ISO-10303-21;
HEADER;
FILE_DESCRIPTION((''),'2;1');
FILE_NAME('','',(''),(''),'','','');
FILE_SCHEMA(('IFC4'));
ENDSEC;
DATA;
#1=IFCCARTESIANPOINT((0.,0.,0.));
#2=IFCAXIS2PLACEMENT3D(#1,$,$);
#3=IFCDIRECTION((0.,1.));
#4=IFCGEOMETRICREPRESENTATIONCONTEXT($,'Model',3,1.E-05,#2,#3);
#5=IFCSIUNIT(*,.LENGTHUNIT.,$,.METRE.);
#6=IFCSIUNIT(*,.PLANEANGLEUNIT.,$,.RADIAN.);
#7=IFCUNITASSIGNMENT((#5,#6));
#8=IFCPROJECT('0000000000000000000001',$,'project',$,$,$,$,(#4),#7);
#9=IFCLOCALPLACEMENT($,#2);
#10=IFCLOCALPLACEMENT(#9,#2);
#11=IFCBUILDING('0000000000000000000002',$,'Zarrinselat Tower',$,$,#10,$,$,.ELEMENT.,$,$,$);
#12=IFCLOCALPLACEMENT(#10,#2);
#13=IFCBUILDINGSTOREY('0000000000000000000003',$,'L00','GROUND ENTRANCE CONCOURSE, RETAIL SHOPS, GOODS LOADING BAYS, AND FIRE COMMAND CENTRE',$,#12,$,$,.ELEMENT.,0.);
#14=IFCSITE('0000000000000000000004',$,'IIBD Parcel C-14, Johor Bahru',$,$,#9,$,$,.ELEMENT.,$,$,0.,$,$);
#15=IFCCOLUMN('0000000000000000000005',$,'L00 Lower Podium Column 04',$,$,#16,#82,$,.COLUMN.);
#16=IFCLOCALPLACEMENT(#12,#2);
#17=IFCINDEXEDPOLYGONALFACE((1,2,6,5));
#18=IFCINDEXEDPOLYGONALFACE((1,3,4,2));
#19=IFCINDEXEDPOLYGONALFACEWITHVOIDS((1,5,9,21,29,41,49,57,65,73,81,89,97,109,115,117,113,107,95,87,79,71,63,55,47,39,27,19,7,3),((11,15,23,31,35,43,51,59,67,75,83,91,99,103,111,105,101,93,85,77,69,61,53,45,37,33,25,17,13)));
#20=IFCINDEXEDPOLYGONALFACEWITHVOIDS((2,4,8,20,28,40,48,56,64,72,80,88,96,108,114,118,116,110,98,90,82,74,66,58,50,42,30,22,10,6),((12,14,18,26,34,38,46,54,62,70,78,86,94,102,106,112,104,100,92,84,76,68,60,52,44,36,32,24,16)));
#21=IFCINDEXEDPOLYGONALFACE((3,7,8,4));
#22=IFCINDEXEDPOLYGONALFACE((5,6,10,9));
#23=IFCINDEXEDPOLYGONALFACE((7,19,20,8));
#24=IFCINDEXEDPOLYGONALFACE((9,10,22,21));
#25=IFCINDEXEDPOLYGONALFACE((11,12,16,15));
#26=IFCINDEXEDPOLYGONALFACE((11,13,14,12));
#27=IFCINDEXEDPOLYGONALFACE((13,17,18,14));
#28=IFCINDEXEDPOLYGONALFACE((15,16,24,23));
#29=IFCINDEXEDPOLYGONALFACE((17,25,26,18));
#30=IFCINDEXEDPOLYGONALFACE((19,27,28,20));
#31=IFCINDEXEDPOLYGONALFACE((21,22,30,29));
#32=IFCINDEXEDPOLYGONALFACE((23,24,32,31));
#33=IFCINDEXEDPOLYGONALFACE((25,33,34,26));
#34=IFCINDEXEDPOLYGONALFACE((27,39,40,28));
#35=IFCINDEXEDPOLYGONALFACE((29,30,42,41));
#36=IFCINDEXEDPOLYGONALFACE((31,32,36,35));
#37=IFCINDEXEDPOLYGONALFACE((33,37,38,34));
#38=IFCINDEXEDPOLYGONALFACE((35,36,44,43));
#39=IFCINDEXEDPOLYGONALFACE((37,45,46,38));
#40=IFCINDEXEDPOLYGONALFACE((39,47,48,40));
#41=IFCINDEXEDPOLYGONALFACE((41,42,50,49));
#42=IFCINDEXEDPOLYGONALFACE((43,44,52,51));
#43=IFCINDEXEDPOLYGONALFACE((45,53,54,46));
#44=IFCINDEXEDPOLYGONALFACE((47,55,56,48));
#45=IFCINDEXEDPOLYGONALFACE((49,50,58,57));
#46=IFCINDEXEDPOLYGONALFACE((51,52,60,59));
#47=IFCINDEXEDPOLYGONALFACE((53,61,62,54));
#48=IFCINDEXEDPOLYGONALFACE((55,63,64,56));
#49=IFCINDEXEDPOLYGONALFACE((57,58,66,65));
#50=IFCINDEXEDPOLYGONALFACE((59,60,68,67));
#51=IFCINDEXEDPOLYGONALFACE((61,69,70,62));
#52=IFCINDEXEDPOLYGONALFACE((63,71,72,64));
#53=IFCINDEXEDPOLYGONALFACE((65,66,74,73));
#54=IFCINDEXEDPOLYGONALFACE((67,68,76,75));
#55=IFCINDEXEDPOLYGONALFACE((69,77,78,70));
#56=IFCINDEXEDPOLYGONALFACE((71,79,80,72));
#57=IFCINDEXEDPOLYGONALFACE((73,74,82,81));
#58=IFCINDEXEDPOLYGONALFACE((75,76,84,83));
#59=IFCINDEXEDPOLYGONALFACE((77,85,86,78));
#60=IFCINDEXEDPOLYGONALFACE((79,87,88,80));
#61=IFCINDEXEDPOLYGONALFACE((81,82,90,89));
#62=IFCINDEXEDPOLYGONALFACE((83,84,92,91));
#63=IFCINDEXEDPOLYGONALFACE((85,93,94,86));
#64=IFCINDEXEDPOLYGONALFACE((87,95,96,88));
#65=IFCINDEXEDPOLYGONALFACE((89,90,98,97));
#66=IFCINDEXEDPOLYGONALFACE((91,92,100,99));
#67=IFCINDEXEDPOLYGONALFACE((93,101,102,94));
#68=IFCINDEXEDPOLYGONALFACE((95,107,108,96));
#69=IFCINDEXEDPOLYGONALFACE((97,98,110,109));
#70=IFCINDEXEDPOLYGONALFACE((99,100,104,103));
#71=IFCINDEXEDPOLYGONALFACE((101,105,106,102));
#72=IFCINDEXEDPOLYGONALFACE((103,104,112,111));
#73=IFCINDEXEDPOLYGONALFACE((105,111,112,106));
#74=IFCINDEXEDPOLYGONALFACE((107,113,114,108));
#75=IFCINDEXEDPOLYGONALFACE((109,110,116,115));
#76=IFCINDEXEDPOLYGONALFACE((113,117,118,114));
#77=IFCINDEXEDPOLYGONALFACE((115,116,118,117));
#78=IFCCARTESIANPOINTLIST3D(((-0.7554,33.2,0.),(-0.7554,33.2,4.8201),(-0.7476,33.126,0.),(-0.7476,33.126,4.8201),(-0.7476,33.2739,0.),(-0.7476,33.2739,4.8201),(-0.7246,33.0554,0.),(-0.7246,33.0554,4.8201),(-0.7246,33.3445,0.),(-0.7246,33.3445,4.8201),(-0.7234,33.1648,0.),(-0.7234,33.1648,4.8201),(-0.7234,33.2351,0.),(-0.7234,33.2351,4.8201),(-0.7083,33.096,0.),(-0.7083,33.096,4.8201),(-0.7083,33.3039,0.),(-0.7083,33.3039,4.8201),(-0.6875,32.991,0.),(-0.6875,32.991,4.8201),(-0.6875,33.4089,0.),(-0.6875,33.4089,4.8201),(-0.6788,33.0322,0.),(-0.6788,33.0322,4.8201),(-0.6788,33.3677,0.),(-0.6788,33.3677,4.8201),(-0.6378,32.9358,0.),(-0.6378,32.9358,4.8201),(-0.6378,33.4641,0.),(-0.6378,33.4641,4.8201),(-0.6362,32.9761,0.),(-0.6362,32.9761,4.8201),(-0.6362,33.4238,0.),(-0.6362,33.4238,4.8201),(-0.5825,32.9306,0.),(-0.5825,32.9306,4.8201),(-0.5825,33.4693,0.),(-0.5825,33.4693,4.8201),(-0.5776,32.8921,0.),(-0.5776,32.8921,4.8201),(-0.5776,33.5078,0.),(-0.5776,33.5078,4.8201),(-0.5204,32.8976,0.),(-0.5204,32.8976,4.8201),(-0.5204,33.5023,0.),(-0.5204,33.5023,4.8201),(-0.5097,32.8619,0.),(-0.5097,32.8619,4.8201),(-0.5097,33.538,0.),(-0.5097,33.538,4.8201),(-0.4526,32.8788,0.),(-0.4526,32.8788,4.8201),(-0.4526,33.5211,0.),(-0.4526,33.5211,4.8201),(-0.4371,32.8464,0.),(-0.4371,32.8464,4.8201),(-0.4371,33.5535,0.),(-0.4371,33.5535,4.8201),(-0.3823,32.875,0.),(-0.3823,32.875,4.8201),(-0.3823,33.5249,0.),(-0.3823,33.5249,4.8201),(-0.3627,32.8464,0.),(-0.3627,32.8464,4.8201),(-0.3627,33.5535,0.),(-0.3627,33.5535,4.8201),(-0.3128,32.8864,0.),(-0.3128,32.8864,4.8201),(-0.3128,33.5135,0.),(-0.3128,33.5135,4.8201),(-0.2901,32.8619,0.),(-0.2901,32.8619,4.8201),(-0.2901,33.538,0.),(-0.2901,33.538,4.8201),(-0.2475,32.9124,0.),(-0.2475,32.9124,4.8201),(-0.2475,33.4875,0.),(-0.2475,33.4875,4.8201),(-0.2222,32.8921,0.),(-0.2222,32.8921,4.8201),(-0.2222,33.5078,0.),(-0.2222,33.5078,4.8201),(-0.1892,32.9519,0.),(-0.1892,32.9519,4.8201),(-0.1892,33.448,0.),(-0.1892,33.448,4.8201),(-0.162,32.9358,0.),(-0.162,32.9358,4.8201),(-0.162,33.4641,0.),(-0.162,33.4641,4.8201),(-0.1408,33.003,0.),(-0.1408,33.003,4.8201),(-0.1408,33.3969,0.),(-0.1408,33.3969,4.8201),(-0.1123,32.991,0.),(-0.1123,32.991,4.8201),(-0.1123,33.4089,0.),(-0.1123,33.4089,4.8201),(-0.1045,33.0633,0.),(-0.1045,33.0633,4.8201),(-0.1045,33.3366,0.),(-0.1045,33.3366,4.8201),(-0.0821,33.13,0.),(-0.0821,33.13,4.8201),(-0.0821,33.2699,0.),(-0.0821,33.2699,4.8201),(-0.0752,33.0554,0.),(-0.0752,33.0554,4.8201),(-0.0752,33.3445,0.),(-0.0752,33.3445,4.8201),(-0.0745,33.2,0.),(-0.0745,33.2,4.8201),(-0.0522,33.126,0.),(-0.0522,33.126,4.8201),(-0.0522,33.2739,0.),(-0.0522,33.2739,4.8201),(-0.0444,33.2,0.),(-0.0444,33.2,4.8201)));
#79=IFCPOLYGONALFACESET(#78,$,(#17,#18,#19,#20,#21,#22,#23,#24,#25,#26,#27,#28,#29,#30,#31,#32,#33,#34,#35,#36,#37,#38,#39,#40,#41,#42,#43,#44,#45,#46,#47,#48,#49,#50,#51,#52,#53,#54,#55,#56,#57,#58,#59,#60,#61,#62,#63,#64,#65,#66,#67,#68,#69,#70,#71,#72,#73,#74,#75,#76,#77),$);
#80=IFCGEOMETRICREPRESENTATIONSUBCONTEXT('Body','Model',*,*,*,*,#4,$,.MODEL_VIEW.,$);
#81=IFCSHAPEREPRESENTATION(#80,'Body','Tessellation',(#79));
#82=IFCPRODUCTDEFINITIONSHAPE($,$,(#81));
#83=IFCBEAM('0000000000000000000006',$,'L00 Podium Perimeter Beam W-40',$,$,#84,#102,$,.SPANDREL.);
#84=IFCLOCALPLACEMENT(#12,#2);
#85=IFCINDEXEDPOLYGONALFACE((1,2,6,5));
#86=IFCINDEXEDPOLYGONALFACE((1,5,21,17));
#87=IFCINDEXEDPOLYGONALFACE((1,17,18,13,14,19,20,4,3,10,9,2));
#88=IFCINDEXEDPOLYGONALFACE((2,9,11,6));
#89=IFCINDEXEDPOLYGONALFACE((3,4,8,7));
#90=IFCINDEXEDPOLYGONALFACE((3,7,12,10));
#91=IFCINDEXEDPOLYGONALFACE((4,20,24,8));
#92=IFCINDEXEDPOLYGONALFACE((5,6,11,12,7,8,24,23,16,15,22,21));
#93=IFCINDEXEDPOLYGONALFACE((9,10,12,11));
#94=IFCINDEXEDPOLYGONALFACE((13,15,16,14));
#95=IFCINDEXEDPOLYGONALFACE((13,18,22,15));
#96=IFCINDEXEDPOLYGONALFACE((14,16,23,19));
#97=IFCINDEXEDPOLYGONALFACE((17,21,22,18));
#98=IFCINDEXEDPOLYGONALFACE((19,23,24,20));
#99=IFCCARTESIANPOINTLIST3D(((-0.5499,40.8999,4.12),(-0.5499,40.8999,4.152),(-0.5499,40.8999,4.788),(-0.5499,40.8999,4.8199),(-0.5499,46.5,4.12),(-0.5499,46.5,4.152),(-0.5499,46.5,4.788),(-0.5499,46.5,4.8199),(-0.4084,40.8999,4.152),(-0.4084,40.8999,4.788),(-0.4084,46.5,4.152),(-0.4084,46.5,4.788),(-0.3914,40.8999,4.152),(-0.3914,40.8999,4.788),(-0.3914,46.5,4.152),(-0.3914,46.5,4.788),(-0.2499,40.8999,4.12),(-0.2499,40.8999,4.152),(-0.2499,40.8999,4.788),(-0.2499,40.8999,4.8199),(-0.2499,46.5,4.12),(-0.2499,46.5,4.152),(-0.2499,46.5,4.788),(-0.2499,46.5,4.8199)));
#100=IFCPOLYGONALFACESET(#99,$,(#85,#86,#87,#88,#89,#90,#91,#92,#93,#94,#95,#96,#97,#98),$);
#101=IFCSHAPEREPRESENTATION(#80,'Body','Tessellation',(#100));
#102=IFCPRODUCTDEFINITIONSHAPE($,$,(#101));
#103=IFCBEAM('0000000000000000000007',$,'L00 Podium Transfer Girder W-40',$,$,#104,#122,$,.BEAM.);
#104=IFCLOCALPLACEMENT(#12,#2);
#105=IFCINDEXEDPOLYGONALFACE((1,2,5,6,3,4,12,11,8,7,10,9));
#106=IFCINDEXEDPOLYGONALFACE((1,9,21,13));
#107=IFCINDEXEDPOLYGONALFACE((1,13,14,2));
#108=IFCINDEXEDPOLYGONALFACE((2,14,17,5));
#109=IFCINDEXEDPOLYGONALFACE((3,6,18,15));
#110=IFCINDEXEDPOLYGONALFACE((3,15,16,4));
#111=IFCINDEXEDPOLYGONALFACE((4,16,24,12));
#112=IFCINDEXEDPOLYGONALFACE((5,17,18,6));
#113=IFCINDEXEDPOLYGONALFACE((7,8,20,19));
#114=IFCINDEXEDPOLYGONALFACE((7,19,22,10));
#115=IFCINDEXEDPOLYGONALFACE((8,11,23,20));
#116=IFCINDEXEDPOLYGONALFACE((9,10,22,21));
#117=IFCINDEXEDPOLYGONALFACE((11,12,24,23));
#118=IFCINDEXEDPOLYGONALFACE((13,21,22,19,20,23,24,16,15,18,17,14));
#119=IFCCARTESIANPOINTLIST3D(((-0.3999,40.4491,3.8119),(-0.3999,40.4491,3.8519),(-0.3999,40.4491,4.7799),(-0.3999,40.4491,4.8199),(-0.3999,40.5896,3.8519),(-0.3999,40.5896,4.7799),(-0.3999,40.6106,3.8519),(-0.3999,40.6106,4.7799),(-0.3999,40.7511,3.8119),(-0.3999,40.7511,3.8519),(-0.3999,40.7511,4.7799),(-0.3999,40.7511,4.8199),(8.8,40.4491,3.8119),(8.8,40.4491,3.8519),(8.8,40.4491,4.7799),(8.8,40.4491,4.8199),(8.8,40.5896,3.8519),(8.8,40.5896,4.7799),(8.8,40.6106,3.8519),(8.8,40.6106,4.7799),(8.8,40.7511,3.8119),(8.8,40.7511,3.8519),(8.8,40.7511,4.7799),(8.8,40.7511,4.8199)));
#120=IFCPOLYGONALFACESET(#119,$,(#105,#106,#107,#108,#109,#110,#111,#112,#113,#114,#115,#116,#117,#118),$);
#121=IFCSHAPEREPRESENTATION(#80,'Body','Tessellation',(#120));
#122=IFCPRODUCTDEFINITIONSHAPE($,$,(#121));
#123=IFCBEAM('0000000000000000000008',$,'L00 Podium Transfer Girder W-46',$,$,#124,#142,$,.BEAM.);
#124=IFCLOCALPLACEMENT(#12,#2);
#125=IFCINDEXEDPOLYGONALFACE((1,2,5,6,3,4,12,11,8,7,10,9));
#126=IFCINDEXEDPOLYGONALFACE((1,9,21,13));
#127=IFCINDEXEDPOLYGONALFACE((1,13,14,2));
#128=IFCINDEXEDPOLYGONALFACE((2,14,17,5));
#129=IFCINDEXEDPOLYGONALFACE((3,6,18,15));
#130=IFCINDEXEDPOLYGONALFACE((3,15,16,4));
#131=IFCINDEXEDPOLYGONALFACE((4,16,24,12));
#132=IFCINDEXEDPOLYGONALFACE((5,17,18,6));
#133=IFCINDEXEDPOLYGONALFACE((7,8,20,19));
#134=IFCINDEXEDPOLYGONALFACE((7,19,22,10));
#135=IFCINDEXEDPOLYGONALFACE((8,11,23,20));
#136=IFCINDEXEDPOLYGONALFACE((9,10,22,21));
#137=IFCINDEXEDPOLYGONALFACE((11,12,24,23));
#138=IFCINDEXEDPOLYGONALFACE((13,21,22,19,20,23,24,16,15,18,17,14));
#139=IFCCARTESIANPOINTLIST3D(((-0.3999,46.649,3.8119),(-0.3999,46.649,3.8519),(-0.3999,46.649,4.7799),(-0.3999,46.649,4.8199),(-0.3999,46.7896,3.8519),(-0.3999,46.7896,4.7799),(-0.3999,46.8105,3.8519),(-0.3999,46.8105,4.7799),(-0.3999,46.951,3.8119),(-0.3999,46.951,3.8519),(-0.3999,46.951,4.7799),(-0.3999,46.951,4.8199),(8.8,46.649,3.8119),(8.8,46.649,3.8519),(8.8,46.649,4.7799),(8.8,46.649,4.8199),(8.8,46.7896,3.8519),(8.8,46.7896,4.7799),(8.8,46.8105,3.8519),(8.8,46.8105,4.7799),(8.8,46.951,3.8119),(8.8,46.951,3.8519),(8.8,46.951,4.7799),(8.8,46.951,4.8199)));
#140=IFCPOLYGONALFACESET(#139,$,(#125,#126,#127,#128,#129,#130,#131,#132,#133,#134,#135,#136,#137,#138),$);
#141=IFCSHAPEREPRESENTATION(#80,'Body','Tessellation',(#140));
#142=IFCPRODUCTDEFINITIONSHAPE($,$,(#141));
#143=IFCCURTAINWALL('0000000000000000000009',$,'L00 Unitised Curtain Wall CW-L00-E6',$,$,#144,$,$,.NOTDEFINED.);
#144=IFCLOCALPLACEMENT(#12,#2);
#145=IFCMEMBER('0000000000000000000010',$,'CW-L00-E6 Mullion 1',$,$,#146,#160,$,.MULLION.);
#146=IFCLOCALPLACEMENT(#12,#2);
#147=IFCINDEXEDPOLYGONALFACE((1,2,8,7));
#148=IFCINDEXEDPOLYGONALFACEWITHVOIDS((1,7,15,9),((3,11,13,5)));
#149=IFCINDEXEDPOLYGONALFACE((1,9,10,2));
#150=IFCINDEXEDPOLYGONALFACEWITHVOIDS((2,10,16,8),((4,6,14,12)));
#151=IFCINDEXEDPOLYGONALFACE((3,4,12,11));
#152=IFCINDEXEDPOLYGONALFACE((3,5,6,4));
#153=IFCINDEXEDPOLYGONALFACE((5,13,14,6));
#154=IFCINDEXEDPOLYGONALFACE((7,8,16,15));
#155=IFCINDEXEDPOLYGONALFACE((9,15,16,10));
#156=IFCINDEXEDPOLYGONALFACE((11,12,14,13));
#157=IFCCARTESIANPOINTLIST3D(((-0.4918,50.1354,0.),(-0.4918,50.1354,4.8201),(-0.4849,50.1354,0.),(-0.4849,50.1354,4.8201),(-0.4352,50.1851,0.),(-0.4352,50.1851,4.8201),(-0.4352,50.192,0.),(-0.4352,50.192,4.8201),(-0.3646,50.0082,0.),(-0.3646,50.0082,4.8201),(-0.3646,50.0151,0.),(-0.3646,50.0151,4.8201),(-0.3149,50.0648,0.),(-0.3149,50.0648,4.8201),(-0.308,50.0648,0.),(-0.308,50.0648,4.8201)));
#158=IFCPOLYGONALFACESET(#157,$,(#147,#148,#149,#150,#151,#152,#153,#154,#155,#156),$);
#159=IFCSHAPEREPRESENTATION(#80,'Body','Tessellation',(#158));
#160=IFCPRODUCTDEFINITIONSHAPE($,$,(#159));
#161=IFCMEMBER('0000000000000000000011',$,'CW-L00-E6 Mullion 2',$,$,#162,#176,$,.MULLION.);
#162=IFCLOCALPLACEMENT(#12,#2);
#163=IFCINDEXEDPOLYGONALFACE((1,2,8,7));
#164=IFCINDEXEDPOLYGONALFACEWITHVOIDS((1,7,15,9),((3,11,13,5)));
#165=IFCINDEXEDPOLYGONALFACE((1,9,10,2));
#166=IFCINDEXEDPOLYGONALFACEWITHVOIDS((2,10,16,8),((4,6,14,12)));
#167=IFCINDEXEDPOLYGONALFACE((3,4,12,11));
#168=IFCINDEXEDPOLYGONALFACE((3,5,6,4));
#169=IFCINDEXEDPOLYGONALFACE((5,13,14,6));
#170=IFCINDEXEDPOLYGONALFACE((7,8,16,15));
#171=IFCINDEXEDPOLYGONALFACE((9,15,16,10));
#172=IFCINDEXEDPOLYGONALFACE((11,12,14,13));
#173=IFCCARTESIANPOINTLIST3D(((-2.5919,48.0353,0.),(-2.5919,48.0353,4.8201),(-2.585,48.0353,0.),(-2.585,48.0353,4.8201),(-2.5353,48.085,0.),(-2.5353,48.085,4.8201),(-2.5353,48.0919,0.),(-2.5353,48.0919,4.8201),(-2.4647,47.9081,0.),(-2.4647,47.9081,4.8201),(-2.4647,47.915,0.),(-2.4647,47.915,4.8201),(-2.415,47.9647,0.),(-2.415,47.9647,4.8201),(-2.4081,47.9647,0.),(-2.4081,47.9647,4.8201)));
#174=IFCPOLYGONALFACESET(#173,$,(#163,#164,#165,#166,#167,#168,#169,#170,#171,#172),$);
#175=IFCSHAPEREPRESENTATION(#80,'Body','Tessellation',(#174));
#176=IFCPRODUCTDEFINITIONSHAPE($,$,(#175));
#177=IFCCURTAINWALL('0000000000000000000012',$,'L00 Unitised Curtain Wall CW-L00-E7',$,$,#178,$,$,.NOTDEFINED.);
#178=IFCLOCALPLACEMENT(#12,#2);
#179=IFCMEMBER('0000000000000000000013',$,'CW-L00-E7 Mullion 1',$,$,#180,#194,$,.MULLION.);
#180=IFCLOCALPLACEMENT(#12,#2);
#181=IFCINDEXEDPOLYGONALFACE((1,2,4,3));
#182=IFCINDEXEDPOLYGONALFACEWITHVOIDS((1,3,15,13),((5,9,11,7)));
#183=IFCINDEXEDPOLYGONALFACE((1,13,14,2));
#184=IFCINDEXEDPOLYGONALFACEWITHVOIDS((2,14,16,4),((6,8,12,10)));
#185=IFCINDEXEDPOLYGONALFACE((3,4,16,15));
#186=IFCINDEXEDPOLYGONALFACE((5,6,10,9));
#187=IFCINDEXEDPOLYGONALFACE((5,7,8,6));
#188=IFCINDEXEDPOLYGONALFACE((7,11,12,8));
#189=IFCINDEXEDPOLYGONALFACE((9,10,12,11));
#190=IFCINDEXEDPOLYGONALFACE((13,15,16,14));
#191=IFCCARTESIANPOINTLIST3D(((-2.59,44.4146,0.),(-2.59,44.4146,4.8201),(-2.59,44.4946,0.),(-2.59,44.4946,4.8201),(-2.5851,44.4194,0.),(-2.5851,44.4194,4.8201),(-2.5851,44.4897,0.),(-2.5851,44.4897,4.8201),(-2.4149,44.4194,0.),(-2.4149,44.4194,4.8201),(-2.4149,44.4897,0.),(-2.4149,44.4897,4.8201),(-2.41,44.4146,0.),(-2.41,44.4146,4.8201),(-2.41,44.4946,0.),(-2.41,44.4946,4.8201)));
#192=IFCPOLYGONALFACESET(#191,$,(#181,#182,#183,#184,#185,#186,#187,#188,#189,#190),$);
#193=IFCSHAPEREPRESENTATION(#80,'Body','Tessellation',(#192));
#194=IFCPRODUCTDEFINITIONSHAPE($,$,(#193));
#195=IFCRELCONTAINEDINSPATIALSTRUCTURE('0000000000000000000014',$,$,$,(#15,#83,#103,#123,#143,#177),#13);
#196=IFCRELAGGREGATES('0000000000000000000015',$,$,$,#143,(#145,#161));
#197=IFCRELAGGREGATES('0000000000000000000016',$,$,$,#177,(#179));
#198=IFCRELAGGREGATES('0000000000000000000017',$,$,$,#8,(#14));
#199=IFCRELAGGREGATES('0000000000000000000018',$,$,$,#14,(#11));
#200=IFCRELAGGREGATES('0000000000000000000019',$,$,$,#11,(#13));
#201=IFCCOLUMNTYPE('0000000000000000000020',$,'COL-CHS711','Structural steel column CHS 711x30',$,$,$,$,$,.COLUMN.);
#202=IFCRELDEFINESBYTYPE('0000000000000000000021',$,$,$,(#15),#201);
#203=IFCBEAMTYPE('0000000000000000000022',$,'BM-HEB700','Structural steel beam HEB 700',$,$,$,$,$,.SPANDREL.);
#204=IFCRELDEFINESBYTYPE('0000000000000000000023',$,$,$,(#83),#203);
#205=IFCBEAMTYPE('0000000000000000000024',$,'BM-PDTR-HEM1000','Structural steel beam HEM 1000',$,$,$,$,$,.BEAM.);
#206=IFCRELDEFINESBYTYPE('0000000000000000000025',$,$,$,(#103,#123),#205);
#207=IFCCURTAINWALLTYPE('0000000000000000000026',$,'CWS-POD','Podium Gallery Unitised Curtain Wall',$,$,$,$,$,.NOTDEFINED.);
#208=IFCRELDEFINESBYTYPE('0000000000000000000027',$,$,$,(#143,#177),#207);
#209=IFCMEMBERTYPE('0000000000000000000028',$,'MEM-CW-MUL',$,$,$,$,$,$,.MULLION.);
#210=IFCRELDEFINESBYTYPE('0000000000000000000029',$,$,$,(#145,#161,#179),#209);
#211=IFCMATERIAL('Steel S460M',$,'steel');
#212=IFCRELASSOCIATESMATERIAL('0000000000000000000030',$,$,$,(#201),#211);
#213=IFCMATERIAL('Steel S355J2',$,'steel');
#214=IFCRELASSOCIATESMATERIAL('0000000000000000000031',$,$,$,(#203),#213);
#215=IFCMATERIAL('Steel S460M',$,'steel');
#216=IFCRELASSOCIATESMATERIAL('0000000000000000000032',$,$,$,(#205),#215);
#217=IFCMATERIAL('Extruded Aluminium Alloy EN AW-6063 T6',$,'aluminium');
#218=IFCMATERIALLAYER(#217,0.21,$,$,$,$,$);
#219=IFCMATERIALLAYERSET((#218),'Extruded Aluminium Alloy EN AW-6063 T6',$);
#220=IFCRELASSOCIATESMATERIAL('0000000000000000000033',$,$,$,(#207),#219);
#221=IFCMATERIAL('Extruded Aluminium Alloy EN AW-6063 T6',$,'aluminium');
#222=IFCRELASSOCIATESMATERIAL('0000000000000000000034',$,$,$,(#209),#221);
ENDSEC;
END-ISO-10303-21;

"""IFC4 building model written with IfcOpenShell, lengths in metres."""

from ifc_helpers import new_model, si_unit, direction, frame, origin, origin_2d, place, context, subcontext, project, spatial, hollow_rectangle, hollow_circle, i_section, extrude, material, layer, layer_set, material_profile, profile_set, type_object, element, aggregate, save


model = new_model("IFC4")

# Units and contexts
model_context = context("Model", 3, precision=1e-05, world=origin(), true_north=direction((0.0, 1.0)))
body_context = subcontext(model_context, "Body", "Model", "MODEL_VIEW")
ifc_project = project(units=[si_unit("LENGTHUNIT", "METRE"), si_unit("PLANEANGLEUNIT", "RADIAN")], contexts=[model_context])

# Site, building, storey
site_placement = place(None, origin())
site = spatial("IfcSite", under=ifc_project, at=site_placement, Name="IIBD Parcel C-14, Johor Bahru", CompositionType="ELEMENT", RefElevation=0.0)
building_placement = place(site_placement, origin())
building = spatial("IfcBuilding", under=site, at=building_placement, Name="Zarrinselat Tower", CompositionType="ELEMENT")
storey_placement = place(building_placement, origin())
storey = spatial("IfcBuildingStorey", under=building, at=storey_placement, Name="L00", Description="GROUND ENTRANCE CONCOURSE, RETAIL SHOPS, GOODS LOADING BAYS, AND FIRE COMMAND CENTRE", CompositionType="ELEMENT", Elevation=0.0)

# Column
ifc_material_1 = material(Name="Steel S460M", Category="steel")
ifc_material_profile_1 = material_profile(ifc_material_1, hollow_circle(Radius=0.3555, WallThickness=0.03, at=origin_2d()), Name="CHS 711x30")
ifc_profile_set_1 = profile_set([ifc_material_profile_1], Name="Steel S460M")
column_type = type_object("IfcColumnType", Name="COL-CHS711", Description="Structural steel column CHS 711x30", PredefinedType="COLUMN", material=ifc_profile_set_1)
for number, where, z_axis, x_axis, name in (
    (1, (-0.3999, 33.2, 0.0), (0.0, 0.0, 1.0), (1.0, 0.0, 0.0), "L00 Lower Podium Column 04"),
):
    element("IfcColumn", number, at=place(storey_placement, frame(where, z_axis=z_axis, x_axis=x_axis)), inside=storey, type_object=column_type, Name=name, PredefinedType="COLUMN", context=body_context, shape_type="SweptSolid", body=[
        extrude(hollow_circle(Radius=0.3555, WallThickness=0.03, at=origin_2d()), origin(), (0.0, 0.0, 1.0), 4.8201),
    ])

# Beams
ifc_material_2 = material(Name="Steel S355J2", Category="steel")
ifc_material_profile_2 = material_profile(ifc_material_2, i_section(OverallWidth=0.3, OverallDepth=0.7, WebThickness=0.0171, FlangeThickness=0.032, at=origin_2d()), Name="HEB 700")
ifc_profile_set_2 = profile_set([ifc_material_profile_2], Name="Steel S355J2")
beam_type_1 = type_object("IfcBeamType", Name="BM-HEB700", Description="Structural steel beam HEB 700", PredefinedType="SPANDREL", material=ifc_profile_set_2)
beam_placement = place(storey_placement, frame((-0.3999, 40.8999, 4.47), z_axis=(0.0, 1.0, 0.0), x_axis=(-1.0, 0.0, 0.0)))
element("IfcBeam", 2, at=beam_placement, inside=storey, type_object=beam_type_1, Name="L00 Podium Perimeter Beam W-40", PredefinedType="SPANDREL", context=body_context, shape_type="SweptSolid", body=[
    extrude(i_section(OverallWidth=0.3, OverallDepth=0.7, WebThickness=0.0171, FlangeThickness=0.032, at=origin_2d()), origin(), (0.0, 0.0, 1.0), 5.6001),
])
ifc_material_3 = material(Name="Steel S460M", Category="steel")
ifc_material_profile_3 = material_profile(ifc_material_3, i_section(OverallWidth=0.302, OverallDepth=1.0081, WebThickness=0.021, FlangeThickness=0.04, at=origin_2d()), Name="HEM 1000")
ifc_profile_set_3 = profile_set([ifc_material_profile_3], Name="Steel S460M")
beam_type_2 = type_object("IfcBeamType", Name="BM-PDTR-HEM1000", Description="Structural steel beam HEM 1000", PredefinedType="BEAM", material=ifc_profile_set_3)
for number, where, z_axis, x_axis, name in (
    (3, (-0.3999, 40.6001, 4.3159), (1.0, 0.0, 0.0), (0.0, 1.0, 0.0), "L00 Podium Transfer Girder W-40"),
    (4, (-0.3999, 46.8, 4.3159), (1.0, 0.0, 0.0), (0.0, 1.0, 0.0), "L00 Podium Transfer Girder W-46"),
):
    element("IfcBeam", number, at=place(storey_placement, frame(where, z_axis=z_axis, x_axis=x_axis)), inside=storey, type_object=beam_type_2, Name=name, PredefinedType="BEAM", context=body_context, shape_type="SweptSolid", body=[
        extrude(i_section(OverallWidth=0.302, OverallDepth=1.0081, WebThickness=0.021, FlangeThickness=0.04, at=origin_2d()), origin(), (0.0, 0.0, 1.0), 9.2),
    ])

# Curtain walls, members
ifc_material_4 = material(Name="Extruded Aluminium Alloy EN AW-6063 T6", Category="aluminium")
ifc_layer_1 = layer(ifc_material_4, 0.21)
ifc_layer_set_1 = layer_set([ifc_layer_1], Name="Extruded Aluminium Alloy EN AW-6063 T6")
curtain_wall_type = type_object("IfcCurtainWallType", Name="CWS-POD", Description="Podium Gallery Unitised Curtain Wall", PredefinedType="NOTDEFINED", material=ifc_layer_set_1)
curtain_wall_1_placement = place(storey_placement, origin())
curtain_wall_1 = element("IfcCurtainWall", 5, at=curtain_wall_1_placement, inside=storey, type_object=curtain_wall_type, Name="L00 Unitised Curtain Wall CW-L00-E6", PredefinedType="NOTDEFINED")
ifc_material_5 = material(Name="Extruded Aluminium Alloy EN AW-6063 T6", Category="aluminium")
ifc_material_profile_4 = material_profile(ifc_material_5, hollow_rectangle(XDim=0.0801, YDim=0.1799, WallThickness=0.0049, at=origin_2d()), Name="RHS 180x80x5")
ifc_profile_set_4 = profile_set([ifc_material_profile_4], Name="Extruded Aluminium Alloy EN AW-6063 T6")
member_type_1 = type_object("IfcMemberType", Name="MEM-CW-MUL", PredefinedType="MULLION", material=ifc_profile_set_4)
member_1_placement = place(storey_placement, frame((-0.3999, 50.1001, 0.0), z_axis=(0.0, 0.0, 1.0), x_axis=(-0.707107, -0.707107, 0.0)))
member_1 = element("IfcMember", 6, at=member_1_placement, type_object=member_type_1, Name="CW-L00-E6 Mullion 1", PredefinedType="MULLION", context=body_context, shape_type="SweptSolid", body=[
    extrude(hollow_rectangle(XDim=0.0801, YDim=0.1799, WallThickness=0.0049, at=origin_2d()), origin(), (0.0, 0.0, 1.0), 4.8201),
])
member_2_placement = place(storey_placement, frame((-2.5, 48.0, 0.0), z_axis=(0.0, 0.0, 1.0), x_axis=(-0.707107, -0.707107, 0.0)))
member_2 = element("IfcMember", 7, at=member_2_placement, type_object=member_type_1, Name="CW-L00-E6 Mullion 2", PredefinedType="MULLION", context=body_context, shape_type="SweptSolid", body=[
    extrude(hollow_rectangle(XDim=0.0801, YDim=0.1799, WallThickness=0.0049, at=origin_2d()), origin(), (0.0, 0.0, 1.0), 4.8201),
])
curtain_wall_2_placement = place(storey_placement, origin())
curtain_wall_2 = element("IfcCurtainWall", 8, at=curtain_wall_2_placement, inside=storey, type_object=curtain_wall_type, Name="L00 Unitised Curtain Wall CW-L00-E7", PredefinedType="NOTDEFINED")
member_3_placement = place(storey_placement, frame((-2.5, 44.4546, 0.0), z_axis=(0.0, 0.0, 1.0), x_axis=(0.0, -1.0, 0.0)))
member_3 = element("IfcMember", 9, at=member_3_placement, type_object=member_type_1, Name="CW-L00-E7 Mullion 1", PredefinedType="MULLION", context=body_context, shape_type="SweptSolid", body=[
    extrude(hollow_rectangle(XDim=0.0801, YDim=0.1799, WallThickness=0.0049, at=origin_2d()), origin(), (0.0, 0.0, 1.0), 4.8201),
])

aggregate(curtain_wall_1, [member_1, member_2])
aggregate(curtain_wall_2, [member_3])

save(model, "model.ifc")
